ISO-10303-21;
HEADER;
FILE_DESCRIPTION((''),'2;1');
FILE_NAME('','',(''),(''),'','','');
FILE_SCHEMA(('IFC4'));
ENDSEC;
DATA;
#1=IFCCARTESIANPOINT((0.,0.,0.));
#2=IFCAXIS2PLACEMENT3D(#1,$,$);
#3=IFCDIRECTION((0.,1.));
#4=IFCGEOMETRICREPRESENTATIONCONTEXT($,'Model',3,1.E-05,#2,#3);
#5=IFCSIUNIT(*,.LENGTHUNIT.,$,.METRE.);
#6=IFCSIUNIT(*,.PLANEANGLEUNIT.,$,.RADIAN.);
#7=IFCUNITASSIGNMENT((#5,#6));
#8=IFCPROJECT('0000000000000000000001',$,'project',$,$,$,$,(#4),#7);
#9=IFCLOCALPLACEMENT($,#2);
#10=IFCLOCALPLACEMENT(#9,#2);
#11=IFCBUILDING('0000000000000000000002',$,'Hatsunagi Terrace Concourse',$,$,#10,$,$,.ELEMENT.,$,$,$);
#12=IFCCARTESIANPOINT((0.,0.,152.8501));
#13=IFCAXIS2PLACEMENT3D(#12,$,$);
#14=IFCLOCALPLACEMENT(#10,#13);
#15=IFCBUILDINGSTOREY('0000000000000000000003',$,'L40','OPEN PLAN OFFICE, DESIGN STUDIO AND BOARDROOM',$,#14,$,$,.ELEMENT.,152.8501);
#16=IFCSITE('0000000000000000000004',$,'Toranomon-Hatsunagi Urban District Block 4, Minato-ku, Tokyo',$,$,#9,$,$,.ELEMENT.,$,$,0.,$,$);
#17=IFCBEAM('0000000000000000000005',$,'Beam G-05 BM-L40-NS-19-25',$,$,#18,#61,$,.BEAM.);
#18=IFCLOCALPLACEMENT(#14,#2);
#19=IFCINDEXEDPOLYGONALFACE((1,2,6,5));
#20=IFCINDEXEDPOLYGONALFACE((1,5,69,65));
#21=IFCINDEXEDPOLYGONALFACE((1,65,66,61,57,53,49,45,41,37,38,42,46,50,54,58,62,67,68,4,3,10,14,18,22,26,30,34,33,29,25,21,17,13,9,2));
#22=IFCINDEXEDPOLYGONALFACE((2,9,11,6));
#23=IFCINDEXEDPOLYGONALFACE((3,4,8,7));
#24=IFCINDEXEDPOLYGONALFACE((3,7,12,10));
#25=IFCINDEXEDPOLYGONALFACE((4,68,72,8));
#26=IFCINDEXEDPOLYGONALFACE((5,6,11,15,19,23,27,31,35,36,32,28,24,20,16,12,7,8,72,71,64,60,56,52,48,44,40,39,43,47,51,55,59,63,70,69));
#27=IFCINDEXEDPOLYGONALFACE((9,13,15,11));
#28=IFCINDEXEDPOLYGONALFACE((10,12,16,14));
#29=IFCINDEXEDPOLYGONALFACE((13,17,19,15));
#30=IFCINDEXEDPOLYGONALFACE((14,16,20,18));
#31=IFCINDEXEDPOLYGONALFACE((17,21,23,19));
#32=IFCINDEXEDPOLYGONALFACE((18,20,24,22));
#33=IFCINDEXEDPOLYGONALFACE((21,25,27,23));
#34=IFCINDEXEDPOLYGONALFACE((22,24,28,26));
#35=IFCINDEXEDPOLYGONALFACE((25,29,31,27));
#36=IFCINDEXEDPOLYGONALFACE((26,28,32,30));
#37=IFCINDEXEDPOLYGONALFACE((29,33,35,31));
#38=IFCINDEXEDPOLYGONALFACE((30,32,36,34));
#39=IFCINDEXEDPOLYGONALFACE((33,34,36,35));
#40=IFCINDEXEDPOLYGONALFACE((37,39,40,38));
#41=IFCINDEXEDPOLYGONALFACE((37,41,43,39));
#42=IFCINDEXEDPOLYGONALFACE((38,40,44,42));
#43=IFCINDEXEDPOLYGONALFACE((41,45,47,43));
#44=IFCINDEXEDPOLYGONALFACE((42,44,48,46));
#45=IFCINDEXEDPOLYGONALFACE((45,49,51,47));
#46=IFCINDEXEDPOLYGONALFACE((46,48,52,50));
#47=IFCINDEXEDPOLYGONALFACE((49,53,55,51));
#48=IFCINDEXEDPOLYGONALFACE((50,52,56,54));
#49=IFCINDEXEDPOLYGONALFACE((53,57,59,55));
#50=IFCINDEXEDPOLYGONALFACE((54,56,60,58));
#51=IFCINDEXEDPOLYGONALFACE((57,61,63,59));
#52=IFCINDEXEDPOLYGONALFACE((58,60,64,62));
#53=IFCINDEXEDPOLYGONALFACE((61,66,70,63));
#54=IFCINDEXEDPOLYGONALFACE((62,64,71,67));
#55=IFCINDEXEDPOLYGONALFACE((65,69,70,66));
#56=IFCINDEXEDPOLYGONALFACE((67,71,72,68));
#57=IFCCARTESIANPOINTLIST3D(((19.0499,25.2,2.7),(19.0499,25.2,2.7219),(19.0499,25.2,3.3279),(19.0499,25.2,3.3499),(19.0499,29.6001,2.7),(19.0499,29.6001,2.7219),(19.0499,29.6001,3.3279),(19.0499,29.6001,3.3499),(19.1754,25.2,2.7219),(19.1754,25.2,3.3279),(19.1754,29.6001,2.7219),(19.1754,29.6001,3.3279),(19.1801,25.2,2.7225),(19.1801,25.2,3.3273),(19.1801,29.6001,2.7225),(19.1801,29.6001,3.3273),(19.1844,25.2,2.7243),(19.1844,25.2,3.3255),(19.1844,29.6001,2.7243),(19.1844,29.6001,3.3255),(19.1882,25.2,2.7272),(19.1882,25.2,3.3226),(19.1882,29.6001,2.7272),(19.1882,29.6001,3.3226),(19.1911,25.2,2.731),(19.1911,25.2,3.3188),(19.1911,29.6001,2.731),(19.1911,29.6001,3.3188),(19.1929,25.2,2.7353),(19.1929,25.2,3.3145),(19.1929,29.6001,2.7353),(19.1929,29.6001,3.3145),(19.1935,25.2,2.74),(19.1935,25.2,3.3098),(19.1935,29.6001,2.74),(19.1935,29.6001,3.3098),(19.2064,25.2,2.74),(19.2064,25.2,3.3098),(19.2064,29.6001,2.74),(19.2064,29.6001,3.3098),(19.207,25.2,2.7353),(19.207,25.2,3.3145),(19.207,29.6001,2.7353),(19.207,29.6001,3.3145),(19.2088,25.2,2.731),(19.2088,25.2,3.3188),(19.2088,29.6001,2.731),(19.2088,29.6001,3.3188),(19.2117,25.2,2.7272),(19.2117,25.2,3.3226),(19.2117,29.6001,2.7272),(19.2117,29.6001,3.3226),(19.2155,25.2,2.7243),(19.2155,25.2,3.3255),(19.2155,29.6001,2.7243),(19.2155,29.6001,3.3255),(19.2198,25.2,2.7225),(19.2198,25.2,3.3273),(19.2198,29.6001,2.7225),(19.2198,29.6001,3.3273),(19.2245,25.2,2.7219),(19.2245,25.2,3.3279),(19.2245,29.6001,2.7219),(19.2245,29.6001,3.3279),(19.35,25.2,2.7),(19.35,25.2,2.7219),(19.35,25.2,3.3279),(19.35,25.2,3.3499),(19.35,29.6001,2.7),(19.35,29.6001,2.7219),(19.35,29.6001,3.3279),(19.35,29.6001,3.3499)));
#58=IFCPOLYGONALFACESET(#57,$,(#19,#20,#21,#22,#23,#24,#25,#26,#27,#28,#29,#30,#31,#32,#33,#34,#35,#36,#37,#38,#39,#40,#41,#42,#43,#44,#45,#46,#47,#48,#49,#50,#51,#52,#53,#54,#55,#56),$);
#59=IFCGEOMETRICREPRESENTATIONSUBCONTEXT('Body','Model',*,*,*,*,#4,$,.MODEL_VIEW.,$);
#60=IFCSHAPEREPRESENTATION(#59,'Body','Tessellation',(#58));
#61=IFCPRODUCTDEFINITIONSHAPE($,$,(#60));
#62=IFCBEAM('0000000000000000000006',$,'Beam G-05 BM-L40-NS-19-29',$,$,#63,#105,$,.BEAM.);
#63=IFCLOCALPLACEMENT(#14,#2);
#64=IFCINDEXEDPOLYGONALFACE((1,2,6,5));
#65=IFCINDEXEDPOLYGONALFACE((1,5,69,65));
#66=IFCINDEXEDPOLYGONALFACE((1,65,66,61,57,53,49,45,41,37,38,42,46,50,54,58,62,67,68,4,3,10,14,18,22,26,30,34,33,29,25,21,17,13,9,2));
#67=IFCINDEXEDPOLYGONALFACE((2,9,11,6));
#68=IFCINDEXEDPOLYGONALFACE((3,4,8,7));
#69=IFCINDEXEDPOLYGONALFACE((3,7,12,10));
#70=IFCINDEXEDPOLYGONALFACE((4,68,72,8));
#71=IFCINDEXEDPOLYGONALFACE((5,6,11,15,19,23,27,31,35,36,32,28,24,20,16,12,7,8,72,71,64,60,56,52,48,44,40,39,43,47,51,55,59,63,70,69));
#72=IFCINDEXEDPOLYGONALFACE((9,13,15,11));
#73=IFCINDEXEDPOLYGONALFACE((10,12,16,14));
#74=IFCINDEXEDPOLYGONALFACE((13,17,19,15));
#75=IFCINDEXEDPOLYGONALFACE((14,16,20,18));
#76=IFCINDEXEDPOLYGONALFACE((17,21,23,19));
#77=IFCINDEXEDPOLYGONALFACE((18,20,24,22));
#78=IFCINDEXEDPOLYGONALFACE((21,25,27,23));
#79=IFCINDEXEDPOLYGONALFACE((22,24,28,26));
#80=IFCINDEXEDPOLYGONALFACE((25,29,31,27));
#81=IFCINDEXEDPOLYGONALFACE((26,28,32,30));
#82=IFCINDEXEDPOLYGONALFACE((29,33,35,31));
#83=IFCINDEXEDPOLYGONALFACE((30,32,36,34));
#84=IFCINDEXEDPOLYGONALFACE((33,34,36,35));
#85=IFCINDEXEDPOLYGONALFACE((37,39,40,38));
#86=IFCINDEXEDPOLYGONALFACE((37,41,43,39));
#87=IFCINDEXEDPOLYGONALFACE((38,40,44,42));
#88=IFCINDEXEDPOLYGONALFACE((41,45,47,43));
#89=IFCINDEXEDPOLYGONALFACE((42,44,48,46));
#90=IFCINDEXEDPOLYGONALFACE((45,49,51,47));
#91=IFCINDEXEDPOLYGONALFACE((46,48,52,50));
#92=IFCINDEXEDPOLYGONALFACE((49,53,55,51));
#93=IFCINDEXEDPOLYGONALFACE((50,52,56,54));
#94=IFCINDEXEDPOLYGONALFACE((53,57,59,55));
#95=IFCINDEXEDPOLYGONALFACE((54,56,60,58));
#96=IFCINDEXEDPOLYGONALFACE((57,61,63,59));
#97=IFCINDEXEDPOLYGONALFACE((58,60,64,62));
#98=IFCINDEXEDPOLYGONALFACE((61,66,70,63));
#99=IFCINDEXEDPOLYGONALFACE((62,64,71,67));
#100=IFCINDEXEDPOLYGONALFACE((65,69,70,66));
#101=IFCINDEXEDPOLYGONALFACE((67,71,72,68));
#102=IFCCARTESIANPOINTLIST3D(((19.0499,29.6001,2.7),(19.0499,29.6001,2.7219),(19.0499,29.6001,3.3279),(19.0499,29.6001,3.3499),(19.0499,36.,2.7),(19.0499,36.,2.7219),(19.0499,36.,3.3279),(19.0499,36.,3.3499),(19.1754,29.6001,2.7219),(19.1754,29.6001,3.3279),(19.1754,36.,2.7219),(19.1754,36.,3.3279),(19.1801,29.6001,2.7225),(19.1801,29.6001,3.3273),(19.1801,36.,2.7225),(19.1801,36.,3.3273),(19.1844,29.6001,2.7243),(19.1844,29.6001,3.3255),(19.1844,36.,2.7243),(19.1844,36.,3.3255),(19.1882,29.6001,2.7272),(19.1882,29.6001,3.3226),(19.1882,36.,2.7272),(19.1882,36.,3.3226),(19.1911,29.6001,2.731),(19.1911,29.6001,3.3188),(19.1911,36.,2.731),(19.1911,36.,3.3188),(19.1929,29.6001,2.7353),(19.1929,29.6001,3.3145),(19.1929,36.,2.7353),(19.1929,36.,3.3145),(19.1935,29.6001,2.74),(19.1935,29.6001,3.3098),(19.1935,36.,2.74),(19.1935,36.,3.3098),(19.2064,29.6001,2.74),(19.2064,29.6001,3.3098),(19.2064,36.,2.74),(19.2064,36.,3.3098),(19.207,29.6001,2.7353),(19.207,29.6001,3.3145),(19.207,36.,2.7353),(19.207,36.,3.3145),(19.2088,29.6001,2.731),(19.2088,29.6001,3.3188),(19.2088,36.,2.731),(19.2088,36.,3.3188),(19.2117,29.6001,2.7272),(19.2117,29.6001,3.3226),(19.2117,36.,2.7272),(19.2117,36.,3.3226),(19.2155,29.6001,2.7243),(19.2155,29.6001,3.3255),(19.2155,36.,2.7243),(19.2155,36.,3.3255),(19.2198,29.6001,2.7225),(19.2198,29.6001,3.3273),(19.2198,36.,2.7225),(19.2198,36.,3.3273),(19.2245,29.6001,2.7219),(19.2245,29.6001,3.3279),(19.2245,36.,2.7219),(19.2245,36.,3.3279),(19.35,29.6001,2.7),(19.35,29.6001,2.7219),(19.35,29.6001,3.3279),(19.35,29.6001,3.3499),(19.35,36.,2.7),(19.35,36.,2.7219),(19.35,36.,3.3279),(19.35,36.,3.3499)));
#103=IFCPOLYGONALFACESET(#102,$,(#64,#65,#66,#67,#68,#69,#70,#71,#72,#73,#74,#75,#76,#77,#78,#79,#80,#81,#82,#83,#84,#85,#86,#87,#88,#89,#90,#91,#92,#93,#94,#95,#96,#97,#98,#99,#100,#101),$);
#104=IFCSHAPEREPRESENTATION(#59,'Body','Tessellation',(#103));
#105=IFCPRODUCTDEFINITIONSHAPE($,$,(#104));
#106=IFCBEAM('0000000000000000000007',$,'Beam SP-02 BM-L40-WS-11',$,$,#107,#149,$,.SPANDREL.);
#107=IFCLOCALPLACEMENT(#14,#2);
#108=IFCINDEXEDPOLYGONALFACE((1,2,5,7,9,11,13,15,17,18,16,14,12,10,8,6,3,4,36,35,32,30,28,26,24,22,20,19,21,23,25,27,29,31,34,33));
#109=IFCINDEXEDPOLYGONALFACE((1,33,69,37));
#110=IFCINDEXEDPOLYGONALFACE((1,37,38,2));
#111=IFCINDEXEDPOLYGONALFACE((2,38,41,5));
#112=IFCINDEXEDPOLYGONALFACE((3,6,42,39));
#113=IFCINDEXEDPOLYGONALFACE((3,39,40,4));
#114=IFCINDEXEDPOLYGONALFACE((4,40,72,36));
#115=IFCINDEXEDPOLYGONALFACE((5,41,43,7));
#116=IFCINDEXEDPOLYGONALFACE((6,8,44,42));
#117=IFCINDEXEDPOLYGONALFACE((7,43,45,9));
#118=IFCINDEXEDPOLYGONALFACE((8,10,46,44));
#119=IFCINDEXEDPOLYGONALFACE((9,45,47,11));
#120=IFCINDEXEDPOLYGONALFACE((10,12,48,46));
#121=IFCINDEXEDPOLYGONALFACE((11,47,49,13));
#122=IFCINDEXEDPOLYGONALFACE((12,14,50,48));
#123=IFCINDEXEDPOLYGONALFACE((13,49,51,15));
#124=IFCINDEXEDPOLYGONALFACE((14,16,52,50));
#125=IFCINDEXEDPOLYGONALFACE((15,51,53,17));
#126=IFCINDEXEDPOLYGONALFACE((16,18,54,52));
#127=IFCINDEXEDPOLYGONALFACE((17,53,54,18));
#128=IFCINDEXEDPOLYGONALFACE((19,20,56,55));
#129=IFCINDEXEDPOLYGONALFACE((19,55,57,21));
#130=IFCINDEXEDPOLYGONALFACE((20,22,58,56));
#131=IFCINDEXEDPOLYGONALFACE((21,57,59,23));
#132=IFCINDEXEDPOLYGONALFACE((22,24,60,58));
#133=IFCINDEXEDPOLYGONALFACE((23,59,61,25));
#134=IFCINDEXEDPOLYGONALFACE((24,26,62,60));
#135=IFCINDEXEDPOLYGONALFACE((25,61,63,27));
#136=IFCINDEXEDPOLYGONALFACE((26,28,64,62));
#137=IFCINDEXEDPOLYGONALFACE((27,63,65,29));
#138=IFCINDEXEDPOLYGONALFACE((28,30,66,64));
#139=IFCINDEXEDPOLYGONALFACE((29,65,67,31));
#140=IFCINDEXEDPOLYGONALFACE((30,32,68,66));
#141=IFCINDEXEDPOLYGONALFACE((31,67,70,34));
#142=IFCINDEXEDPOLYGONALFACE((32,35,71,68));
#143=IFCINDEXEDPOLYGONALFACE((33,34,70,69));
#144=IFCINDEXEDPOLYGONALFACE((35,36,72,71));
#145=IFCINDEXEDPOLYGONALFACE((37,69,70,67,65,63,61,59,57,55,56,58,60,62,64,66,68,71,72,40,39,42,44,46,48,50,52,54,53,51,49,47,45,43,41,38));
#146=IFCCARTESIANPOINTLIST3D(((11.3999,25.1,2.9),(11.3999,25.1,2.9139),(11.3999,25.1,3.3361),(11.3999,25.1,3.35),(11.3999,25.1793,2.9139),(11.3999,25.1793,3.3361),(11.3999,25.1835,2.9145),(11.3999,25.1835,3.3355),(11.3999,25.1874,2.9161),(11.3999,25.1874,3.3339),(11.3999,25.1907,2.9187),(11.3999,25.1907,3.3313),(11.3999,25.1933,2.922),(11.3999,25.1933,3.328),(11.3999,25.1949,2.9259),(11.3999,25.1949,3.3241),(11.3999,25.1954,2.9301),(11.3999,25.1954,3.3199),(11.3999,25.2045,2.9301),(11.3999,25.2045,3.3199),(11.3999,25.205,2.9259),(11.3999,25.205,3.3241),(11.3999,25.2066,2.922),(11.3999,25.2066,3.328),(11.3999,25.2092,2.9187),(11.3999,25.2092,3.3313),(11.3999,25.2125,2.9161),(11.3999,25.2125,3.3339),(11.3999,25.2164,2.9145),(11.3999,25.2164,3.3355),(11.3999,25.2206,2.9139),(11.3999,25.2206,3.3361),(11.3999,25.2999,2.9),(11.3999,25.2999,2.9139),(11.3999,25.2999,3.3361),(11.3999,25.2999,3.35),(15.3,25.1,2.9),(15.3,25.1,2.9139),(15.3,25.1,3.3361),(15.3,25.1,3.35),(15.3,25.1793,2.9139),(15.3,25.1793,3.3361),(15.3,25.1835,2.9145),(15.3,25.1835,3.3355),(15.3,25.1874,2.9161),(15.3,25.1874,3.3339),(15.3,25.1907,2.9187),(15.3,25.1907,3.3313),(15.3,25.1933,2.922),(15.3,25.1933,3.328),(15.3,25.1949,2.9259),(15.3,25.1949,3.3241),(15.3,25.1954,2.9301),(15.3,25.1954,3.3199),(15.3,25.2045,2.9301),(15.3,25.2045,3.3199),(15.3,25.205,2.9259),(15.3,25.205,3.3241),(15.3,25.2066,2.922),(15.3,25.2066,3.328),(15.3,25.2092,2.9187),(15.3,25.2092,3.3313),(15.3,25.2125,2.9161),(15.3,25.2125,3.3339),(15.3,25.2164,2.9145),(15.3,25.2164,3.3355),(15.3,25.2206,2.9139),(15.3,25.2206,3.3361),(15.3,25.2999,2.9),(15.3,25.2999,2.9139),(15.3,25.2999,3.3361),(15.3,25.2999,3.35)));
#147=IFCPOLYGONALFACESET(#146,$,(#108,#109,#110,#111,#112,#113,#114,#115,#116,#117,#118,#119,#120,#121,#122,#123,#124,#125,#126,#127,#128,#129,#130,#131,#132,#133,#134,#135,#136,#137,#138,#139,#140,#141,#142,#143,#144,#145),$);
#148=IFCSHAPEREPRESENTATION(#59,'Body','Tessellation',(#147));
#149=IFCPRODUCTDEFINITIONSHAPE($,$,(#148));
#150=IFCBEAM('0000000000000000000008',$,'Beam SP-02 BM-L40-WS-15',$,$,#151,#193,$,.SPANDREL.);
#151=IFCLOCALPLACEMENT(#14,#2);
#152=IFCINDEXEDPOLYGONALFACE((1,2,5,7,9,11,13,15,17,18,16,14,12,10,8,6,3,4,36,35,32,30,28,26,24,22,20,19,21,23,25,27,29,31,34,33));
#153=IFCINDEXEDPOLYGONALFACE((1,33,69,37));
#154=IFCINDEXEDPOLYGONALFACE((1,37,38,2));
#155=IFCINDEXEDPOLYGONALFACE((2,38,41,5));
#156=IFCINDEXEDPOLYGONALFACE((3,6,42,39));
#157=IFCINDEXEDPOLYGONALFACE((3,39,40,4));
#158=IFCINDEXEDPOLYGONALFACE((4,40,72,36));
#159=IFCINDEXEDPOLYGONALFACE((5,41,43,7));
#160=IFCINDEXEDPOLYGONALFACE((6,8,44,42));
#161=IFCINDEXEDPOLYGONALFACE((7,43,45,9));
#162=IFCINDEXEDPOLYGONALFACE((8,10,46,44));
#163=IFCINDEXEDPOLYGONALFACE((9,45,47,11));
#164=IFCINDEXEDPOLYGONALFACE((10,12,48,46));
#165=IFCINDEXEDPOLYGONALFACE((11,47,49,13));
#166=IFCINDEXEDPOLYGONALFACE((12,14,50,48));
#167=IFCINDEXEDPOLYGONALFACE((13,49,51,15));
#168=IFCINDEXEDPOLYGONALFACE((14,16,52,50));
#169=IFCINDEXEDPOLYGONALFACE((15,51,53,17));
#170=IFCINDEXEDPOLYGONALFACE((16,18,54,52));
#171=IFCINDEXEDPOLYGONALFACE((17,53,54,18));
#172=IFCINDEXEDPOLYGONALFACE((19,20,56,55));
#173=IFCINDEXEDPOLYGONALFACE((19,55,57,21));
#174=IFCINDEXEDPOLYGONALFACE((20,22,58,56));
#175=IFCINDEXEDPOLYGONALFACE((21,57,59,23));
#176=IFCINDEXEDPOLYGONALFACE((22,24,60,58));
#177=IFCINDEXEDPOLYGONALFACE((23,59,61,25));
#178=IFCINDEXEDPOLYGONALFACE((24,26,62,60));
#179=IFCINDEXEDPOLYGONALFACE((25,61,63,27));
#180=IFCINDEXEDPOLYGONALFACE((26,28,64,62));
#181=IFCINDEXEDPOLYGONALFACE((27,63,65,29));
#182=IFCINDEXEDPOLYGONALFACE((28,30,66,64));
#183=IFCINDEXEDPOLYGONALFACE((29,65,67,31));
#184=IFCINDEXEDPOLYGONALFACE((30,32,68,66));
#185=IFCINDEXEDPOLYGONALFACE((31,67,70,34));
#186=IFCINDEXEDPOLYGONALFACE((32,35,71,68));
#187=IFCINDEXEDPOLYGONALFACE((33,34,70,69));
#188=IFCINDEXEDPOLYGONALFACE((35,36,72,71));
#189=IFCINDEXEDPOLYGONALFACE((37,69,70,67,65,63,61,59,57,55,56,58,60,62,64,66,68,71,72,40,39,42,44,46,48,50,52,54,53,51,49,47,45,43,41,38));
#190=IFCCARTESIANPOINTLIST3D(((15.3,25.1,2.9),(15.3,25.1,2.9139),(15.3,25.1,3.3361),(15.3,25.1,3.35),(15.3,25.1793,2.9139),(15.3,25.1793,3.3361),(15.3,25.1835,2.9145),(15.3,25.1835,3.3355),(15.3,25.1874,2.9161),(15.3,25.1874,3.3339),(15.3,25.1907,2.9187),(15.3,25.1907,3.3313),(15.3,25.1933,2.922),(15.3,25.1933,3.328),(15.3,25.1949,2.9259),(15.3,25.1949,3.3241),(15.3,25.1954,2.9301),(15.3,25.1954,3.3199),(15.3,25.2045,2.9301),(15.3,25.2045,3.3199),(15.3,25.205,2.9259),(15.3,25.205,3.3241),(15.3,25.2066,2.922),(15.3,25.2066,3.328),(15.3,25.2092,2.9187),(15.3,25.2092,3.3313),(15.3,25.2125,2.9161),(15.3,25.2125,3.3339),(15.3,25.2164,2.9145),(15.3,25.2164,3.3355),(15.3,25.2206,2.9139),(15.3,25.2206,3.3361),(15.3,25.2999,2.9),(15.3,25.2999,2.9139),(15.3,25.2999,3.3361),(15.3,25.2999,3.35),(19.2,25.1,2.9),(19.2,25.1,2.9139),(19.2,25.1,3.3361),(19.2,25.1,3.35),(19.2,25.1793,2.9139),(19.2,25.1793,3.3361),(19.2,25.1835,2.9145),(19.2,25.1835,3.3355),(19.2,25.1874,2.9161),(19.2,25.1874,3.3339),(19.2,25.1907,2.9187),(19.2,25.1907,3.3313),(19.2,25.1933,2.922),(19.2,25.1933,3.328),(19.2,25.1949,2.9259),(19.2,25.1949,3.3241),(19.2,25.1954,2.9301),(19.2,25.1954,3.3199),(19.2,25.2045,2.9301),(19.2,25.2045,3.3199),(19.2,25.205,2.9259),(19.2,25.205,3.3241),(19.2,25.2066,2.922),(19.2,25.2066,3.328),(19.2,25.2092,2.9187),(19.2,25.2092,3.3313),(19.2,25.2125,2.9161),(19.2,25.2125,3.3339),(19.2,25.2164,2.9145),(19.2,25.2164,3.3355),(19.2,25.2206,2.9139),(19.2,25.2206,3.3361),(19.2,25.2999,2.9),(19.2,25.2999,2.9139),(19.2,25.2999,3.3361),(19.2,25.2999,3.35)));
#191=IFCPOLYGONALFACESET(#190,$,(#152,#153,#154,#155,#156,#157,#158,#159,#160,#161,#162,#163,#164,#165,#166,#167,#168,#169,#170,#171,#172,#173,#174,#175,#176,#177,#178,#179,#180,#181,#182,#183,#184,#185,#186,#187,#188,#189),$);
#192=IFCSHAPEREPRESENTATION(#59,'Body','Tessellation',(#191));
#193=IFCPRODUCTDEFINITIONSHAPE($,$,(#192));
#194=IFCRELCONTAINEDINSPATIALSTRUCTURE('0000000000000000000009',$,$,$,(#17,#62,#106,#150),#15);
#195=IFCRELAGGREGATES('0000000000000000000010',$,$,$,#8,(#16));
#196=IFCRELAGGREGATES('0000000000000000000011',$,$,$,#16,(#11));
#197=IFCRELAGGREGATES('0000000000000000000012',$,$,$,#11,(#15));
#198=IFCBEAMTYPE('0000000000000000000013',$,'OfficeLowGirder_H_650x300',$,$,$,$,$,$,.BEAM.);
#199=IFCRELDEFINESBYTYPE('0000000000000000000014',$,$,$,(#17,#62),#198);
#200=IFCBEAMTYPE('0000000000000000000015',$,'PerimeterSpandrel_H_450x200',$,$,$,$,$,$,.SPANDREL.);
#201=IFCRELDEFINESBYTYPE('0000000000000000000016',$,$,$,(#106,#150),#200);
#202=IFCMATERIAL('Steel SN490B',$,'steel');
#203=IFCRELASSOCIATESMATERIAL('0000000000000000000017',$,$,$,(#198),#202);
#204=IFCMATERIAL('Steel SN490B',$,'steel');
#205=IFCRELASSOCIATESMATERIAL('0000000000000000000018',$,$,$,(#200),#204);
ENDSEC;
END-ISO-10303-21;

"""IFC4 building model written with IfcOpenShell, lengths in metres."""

from ifc_helpers import new_model, si_unit, direction, frame, origin, origin_2d, place, context, subcontext, project, spatial, i_section, extrude, material, material_profile, profile_set, type_object, element, save


model = new_model("IFC4")

# Units and contexts
model_context = context("Model", 3, precision=1e-05, world=origin(), true_north=direction((0.0, 1.0)))
body_context = subcontext(model_context, "Body", "Model", "MODEL_VIEW")
ifc_project = project(units=[si_unit("LENGTHUNIT", "METRE"), si_unit("PLANEANGLEUNIT", "RADIAN")], contexts=[model_context])

# Site, building, storey
site_placement = place(None, origin())
site = spatial("IfcSite", under=ifc_project, at=site_placement, Name="Toranomon-Hatsunagi Urban District Block 4, Minato-ku, Tokyo", CompositionType="ELEMENT", RefElevation=0.0)
building_placement = place(site_placement, origin())
building = spatial("IfcBuilding", under=site, at=building_placement, Name="Hatsunagi Terrace Concourse", CompositionType="ELEMENT")
storey_placement = place(building_placement, frame((0.0, 0.0, 152.8501)))
storey = spatial("IfcBuildingStorey", under=building, at=storey_placement, Name="L40", Description="OPEN PLAN OFFICE, DESIGN STUDIO AND BOARDROOM", CompositionType="ELEMENT", Elevation=152.8501)

# Beams
ifc_material_1 = material(Name="Steel SN490B", Category="steel")
ifc_material_profile_1 = material_profile(ifc_material_1, i_section(OverallWidth=0.3, OverallDepth=0.6499, WebThickness=0.0129, FlangeThickness=0.022, FilletRadius=0.0181, at=origin_2d()), Name="H-650x300x13x22")
ifc_profile_set_1 = profile_set([ifc_material_profile_1], Name="Steel SN490B")
beam_type_1 = type_object("IfcBeamType", Name="OfficeLowGirder_H_650x300", PredefinedType="BEAM", material=ifc_profile_set_1)
beam_1_placement = place(storey_placement, frame((19.2, 25.2, 3.0249), z_axis=(0.0, 1.0, 0.0), x_axis=(-1.0, 0.0, 0.0)))
element("IfcBeam", 1, at=beam_1_placement, inside=storey, type_object=beam_type_1, Name="Beam G-05 BM-L40-NS-19-25", PredefinedType="BEAM", context=body_context, shape_type="SweptSolid", body=[
    extrude(i_section(OverallWidth=0.3, OverallDepth=0.6499, WebThickness=0.0129, FlangeThickness=0.022, FilletRadius=0.0181, at=origin_2d()), origin(), (0.0, 0.0, 1.0), 4.4001),
])
beam_2_placement = place(storey_placement, frame((19.2, 29.6001, 3.0249), z_axis=(0.0, 1.0, 0.0), x_axis=(-1.0, 0.0, 0.0)))
element("IfcBeam", 2, at=beam_2_placement, inside=storey, type_object=beam_type_1, Name="Beam G-05 BM-L40-NS-19-29", PredefinedType="BEAM", context=body_context, shape_type="SweptSolid", body=[
    extrude(i_section(OverallWidth=0.3, OverallDepth=0.6499, WebThickness=0.0129, FlangeThickness=0.022, FilletRadius=0.0181, at=origin_2d()), origin(), (0.0, 0.0, 1.0), 6.3999),
])
ifc_material_2 = material(Name="Steel SN490B", Category="steel")
ifc_material_profile_2 = material_profile(ifc_material_2, i_section(OverallWidth=0.2, OverallDepth=0.45, WebThickness=0.009, FlangeThickness=0.0139, FilletRadius=0.0161, at=origin_2d()), Name="H-450x200x9x14")
ifc_profile_set_2 = profile_set([ifc_material_profile_2], Name="Steel SN490B")
beam_type_2 = type_object("IfcBeamType", Name="PerimeterSpandrel_H_450x200", PredefinedType="SPANDREL", material=ifc_profile_set_2)
beam_3_placement = place(storey_placement, frame((11.3999, 25.2, 3.125), z_axis=(1.0, 0.0, 0.0), x_axis=(0.0, 1.0, 0.0)))
element("IfcBeam", 3, at=beam_3_placement, inside=storey, type_object=beam_type_2, Name="Beam SP-02 BM-L40-WS-11", PredefinedType="SPANDREL", context=body_context, shape_type="SweptSolid", body=[
    extrude(i_section(OverallWidth=0.2, OverallDepth=0.45, WebThickness=0.009, FlangeThickness=0.0139, FilletRadius=0.0161, at=origin_2d()), origin(), (0.0, 0.0, 1.0), 3.9001),
])
beam_4_placement = place(storey_placement, frame((15.3, 25.2, 3.125), z_axis=(1.0, 0.0, 0.0), x_axis=(0.0, 1.0, 0.0)))
element("IfcBeam", 4, at=beam_4_placement, inside=storey, type_object=beam_type_2, Name="Beam SP-02 BM-L40-WS-15", PredefinedType="SPANDREL", context=body_context, shape_type="SweptSolid", body=[
    extrude(i_section(OverallWidth=0.2, OverallDepth=0.45, WebThickness=0.009, FlangeThickness=0.0139, FilletRadius=0.0161, at=origin_2d()), origin(), (0.0, 0.0, 1.0), 3.8999),
])

save(model, "model.ifc")
